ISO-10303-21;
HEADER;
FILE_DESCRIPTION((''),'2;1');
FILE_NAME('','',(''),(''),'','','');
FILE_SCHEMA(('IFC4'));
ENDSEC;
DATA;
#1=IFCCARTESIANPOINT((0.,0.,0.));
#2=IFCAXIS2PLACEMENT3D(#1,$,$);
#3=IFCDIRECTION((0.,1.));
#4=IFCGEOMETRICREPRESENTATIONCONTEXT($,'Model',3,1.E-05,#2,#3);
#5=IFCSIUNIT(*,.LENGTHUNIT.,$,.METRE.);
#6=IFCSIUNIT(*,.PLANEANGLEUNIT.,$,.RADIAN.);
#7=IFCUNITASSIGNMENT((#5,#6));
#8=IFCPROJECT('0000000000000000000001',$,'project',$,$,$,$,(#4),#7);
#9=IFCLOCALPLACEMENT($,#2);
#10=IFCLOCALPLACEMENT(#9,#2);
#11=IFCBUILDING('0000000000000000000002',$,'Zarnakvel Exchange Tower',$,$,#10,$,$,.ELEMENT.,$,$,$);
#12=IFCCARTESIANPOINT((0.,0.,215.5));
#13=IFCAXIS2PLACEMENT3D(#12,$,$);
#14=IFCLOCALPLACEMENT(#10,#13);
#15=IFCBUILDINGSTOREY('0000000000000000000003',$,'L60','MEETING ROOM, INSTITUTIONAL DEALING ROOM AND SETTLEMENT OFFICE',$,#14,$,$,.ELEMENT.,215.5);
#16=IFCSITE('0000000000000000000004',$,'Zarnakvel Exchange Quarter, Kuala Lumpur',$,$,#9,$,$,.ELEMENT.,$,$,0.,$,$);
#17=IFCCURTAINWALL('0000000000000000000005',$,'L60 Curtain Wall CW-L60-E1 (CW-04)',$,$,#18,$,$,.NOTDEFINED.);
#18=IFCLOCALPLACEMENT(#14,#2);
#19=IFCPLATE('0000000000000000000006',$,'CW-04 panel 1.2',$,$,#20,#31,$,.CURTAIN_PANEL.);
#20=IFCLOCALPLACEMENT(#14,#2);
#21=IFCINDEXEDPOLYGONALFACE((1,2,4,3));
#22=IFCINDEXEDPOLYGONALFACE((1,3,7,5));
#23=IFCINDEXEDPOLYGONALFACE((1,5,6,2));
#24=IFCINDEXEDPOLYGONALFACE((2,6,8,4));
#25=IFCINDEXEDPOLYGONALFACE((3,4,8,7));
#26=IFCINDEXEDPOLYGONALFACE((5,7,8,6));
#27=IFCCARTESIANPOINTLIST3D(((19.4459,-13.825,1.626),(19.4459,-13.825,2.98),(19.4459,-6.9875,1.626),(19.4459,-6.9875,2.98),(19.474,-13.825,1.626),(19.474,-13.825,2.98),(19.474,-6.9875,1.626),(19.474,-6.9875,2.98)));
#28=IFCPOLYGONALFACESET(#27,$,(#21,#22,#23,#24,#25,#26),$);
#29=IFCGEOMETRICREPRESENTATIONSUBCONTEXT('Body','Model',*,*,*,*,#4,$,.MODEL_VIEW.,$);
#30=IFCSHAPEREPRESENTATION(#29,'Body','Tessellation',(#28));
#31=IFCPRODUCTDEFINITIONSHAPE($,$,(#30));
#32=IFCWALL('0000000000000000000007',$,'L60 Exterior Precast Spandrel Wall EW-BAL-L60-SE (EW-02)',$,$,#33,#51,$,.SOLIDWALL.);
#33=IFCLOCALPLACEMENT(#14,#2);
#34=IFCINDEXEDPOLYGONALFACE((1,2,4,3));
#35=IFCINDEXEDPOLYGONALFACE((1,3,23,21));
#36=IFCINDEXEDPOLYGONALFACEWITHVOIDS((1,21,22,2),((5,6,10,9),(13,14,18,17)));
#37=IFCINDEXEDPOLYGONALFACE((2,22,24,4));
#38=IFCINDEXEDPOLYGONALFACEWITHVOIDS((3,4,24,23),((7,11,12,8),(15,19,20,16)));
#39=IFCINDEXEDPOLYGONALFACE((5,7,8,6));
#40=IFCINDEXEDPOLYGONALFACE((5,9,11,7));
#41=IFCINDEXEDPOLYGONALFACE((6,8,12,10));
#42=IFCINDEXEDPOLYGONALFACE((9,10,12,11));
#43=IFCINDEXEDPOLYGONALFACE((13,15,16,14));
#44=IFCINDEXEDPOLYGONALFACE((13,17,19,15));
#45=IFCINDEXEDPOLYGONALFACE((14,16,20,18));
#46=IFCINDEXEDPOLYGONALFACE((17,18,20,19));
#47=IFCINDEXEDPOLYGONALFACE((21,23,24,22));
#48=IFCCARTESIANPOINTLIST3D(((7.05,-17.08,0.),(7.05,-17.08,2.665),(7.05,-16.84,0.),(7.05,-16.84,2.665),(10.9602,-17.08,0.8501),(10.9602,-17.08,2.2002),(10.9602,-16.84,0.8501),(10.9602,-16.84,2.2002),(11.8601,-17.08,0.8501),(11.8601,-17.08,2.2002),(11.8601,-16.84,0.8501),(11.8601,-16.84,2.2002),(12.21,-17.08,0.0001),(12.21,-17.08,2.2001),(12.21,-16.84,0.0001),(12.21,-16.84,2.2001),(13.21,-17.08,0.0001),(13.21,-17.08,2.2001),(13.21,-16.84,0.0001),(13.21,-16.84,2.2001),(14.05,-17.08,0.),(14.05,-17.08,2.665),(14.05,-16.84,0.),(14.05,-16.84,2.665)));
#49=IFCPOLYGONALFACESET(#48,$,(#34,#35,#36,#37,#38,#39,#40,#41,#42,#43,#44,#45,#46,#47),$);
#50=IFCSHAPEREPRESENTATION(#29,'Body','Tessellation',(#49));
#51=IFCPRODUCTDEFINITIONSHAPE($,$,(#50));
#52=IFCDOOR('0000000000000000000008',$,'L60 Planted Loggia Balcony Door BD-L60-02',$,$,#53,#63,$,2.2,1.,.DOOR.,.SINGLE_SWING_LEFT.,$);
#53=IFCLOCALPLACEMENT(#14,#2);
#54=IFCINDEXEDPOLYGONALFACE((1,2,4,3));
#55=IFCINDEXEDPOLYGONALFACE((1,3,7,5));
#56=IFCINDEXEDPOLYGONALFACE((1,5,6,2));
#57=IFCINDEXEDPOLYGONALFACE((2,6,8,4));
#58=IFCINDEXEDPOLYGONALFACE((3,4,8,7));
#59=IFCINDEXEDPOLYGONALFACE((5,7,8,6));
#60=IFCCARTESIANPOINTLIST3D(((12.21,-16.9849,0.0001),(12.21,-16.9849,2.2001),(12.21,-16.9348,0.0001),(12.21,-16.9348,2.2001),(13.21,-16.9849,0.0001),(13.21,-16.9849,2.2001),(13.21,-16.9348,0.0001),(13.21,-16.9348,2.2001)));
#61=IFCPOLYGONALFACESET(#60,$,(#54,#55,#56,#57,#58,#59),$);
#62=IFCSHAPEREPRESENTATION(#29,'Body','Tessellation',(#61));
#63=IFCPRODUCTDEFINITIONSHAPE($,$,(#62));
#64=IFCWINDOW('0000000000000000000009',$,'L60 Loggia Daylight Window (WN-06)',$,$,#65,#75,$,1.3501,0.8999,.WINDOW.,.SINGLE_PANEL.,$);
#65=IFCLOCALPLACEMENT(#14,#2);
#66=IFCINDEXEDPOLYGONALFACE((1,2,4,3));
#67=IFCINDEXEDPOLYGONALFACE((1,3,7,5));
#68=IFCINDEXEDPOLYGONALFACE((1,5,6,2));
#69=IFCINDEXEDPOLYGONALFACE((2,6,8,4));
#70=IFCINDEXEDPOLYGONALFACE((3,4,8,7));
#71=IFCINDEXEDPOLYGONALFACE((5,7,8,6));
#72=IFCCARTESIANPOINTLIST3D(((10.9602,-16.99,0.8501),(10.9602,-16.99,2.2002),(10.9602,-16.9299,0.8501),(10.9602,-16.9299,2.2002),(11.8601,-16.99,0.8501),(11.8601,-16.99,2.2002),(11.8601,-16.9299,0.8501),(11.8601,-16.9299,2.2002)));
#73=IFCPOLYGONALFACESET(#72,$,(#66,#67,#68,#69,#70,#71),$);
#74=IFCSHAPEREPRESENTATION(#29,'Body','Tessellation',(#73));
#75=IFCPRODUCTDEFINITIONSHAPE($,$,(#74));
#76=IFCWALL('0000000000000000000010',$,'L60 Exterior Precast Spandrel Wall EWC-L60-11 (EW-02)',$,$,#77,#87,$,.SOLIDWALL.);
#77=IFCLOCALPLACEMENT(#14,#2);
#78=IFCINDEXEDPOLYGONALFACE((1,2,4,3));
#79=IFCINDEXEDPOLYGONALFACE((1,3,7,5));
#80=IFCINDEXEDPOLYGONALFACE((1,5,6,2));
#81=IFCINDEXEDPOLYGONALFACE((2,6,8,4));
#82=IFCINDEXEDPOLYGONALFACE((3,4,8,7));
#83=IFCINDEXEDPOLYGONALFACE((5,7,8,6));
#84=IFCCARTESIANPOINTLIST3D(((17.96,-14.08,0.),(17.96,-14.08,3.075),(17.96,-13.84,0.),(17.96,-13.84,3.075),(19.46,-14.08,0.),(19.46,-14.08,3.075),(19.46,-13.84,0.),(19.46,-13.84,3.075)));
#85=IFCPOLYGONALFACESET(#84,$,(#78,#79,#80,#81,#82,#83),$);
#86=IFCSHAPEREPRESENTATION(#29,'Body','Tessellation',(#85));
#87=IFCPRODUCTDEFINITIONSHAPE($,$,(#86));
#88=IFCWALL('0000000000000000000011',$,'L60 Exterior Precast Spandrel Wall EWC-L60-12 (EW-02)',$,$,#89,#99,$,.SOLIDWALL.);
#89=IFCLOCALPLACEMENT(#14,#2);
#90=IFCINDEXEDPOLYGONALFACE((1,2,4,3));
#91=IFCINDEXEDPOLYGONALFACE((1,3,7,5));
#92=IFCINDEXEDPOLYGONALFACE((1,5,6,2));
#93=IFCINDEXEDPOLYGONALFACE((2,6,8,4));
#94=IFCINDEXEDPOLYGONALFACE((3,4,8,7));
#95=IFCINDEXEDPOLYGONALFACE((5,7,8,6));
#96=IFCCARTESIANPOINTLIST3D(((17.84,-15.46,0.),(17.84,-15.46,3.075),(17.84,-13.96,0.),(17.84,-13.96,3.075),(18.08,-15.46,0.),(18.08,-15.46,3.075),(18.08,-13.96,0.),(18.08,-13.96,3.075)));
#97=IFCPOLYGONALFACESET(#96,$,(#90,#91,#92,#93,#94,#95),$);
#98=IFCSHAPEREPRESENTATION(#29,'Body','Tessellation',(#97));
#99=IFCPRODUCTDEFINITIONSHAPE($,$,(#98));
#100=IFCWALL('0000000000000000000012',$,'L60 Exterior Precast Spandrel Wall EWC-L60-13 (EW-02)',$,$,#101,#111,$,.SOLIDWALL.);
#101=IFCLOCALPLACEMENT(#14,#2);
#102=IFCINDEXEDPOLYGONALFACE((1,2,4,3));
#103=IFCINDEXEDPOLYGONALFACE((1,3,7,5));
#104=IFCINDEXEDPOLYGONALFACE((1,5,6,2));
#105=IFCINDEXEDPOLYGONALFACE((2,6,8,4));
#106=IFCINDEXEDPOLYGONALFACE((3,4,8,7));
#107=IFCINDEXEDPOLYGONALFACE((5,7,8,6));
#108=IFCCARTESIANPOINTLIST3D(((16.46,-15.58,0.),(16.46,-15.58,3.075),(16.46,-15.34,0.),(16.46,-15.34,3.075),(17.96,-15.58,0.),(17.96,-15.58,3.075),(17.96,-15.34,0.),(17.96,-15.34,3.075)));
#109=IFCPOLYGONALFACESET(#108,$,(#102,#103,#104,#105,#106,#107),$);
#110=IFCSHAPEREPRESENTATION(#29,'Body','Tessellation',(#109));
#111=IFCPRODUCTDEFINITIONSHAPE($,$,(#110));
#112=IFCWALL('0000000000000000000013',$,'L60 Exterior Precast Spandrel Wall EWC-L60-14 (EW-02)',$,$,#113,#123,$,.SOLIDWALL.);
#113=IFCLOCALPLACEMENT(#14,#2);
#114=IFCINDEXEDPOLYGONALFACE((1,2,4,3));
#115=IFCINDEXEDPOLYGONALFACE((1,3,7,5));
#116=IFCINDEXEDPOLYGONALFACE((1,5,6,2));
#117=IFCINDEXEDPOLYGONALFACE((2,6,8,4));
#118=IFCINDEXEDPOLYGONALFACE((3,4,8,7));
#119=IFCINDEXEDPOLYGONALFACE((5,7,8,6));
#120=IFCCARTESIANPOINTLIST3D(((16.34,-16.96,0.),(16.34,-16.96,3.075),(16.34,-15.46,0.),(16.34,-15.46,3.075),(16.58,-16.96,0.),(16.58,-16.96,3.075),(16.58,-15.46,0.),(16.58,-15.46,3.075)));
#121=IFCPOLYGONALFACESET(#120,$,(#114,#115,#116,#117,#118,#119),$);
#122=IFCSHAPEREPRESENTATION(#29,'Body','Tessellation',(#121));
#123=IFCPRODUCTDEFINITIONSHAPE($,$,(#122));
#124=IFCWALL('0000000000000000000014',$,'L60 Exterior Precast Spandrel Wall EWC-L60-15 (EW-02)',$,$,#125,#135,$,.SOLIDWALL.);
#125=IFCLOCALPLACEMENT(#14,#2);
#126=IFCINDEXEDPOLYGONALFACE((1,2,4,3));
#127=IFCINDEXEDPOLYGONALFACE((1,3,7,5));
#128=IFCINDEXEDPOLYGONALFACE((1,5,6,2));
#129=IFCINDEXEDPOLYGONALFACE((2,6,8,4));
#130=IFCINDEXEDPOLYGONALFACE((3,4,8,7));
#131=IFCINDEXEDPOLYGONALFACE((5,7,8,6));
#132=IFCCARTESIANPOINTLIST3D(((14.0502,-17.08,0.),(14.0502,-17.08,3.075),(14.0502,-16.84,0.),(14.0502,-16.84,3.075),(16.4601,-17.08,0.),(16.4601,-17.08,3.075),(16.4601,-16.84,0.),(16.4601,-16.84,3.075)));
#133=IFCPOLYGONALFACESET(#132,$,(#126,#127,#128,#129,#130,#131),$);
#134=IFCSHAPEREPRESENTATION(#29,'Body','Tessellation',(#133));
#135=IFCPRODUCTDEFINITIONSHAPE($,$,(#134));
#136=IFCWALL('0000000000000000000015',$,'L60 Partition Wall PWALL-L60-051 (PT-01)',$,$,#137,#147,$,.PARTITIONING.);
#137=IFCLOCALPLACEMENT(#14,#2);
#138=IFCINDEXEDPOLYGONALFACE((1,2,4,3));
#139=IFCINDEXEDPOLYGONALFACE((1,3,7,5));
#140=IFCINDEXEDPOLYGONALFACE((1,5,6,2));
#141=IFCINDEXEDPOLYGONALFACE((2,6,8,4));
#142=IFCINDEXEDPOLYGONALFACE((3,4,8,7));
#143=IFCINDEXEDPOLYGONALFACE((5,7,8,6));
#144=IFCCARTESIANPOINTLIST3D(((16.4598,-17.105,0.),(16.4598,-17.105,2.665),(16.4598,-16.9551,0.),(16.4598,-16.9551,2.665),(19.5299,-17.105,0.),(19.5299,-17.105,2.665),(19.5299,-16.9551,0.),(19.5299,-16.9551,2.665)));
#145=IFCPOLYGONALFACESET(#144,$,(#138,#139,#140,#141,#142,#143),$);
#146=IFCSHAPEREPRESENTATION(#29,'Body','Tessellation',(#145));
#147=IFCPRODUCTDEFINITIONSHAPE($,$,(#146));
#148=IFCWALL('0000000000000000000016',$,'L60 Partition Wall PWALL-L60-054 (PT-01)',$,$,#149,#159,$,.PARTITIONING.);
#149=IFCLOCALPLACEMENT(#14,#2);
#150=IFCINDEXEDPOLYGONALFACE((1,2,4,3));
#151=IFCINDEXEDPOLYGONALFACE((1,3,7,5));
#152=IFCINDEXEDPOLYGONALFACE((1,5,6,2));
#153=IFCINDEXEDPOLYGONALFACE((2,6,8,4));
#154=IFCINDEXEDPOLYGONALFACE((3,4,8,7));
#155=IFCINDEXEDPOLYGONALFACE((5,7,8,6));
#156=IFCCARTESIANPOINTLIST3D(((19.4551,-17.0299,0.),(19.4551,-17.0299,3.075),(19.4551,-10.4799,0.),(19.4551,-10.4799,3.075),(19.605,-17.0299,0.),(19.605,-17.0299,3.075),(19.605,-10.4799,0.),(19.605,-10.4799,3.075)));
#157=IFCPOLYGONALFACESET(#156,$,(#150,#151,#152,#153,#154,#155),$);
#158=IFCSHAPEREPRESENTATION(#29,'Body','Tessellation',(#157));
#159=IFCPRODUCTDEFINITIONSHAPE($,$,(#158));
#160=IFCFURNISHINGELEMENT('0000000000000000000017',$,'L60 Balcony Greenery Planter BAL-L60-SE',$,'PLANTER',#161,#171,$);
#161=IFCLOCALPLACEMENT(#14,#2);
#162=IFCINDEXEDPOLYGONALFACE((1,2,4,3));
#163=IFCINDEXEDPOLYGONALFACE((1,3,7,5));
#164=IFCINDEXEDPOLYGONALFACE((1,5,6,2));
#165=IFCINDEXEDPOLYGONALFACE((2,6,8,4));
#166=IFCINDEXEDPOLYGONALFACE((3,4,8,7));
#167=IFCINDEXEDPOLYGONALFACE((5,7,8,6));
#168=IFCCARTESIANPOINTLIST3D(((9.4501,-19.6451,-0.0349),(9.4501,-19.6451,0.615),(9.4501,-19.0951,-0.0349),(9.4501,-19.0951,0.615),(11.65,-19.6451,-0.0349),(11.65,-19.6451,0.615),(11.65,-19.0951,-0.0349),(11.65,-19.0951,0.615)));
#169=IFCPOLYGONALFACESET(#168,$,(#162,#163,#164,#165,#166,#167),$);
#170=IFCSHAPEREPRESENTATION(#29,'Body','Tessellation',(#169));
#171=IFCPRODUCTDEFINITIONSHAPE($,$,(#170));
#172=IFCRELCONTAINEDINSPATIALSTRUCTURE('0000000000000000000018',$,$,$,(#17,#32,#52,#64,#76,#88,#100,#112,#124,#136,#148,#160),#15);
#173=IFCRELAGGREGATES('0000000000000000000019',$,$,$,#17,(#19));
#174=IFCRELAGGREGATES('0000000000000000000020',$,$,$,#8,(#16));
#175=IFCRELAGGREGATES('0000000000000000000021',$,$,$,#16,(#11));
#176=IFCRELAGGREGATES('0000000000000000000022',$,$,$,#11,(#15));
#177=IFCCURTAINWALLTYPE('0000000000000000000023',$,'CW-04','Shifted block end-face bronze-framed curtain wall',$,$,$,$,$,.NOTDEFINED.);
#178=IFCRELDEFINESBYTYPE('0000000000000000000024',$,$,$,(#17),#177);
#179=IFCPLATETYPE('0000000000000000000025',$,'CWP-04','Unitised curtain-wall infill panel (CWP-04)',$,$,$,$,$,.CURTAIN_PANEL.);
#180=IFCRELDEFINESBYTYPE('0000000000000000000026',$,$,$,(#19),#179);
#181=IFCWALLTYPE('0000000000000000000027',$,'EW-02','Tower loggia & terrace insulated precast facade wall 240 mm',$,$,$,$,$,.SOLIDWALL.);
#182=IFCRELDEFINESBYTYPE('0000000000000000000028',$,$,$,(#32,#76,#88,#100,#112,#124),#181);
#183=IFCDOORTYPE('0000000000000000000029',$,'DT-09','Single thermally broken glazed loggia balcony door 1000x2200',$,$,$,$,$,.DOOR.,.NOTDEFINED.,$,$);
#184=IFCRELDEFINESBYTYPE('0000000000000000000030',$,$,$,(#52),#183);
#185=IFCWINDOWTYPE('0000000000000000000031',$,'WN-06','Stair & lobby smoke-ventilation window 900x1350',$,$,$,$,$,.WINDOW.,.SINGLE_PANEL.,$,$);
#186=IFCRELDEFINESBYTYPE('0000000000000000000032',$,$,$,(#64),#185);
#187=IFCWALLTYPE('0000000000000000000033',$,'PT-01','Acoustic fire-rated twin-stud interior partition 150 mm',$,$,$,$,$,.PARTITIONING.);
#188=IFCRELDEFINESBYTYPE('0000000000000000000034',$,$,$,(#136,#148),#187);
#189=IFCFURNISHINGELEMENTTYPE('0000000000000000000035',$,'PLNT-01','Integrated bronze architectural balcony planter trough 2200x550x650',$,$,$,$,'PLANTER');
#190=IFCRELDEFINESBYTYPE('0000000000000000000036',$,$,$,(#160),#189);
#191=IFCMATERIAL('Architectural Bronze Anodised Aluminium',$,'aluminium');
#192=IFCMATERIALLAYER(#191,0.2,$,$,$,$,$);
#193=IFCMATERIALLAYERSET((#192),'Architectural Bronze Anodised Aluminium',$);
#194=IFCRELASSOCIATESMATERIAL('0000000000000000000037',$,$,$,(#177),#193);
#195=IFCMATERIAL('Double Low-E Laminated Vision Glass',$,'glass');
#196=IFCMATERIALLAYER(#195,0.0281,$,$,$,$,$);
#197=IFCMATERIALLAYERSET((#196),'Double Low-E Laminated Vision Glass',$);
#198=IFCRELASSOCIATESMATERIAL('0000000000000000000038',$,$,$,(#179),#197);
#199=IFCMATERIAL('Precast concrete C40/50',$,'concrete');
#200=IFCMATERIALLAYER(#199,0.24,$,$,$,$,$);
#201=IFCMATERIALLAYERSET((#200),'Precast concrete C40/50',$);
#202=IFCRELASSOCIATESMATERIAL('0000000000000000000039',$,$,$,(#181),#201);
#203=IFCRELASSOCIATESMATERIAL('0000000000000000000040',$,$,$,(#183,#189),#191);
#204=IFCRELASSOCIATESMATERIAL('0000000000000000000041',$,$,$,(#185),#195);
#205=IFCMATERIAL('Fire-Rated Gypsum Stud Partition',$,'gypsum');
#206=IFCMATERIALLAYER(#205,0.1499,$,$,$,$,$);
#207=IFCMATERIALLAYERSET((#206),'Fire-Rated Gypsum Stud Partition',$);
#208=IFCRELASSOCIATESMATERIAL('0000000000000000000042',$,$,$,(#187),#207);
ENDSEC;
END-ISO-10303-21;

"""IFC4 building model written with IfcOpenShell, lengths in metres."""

from ifc_helpers import new_model, si_unit, direction, frame, frame_2d, origin, origin_2d, place, context, subcontext, project, spatial, rectangle, extrude, source, transform, mapped, material, layer, layer_set, type_object, element, fill, aggregate, save


model = new_model("IFC4")

# Units and contexts
model_context = context("Model", 3, precision=1e-05, world=origin(), true_north=direction((0.0, 1.0)))
body_context = subcontext(model_context, "Body", "Model", "MODEL_VIEW")
ifc_project = project(units=[si_unit("LENGTHUNIT", "METRE"), si_unit("PLANEANGLEUNIT", "RADIAN")], contexts=[model_context])

# Site, building, storey
site_placement = place(None, origin())
site = spatial("IfcSite", under=ifc_project, at=site_placement, Name="Zarnakvel Exchange Quarter, Kuala Lumpur", CompositionType="ELEMENT", RefElevation=0.0)
building_placement = place(site_placement, origin())
building = spatial("IfcBuilding", under=site, at=building_placement, Name="Zarnakvel Exchange Tower", CompositionType="ELEMENT")
storey_placement = place(building_placement, frame((0.0, 0.0, 215.5)))
storey = spatial("IfcBuildingStorey", under=building, at=storey_placement, Name="L60", Description="MEETING ROOM, INSTITUTIONAL DEALING ROOM AND SETTLEMENT OFFICE", CompositionType="ELEMENT", Elevation=215.5)

# Curtain wall, plate
ifc_material_1 = material(Name="Architectural Bronze Anodised Aluminium", Category="aluminium")
ifc_layer_1 = layer(ifc_material_1, 0.2)
ifc_layer_set_1 = layer_set([ifc_layer_1], Name="Architectural Bronze Anodised Aluminium")
curtain_wall_type = type_object("IfcCurtainWallType", Name="CW-04", Description="Shifted block end-face bronze-framed curtain wall", PredefinedType="NOTDEFINED", material=ifc_layer_set_1)
curtain_wall_placement = place(storey_placement, origin())
curtain_wall = element("IfcCurtainWall", 1, at=curtain_wall_placement, inside=storey, type_object=curtain_wall_type, Name="L60 Curtain Wall CW-L60-E1 (CW-04)", PredefinedType="NOTDEFINED")
ifc_material_2 = material(Name="Double Low-E Laminated Vision Glass", Category="glass")
ifc_layer_2 = layer(ifc_material_2, 0.0281)
ifc_layer_set_2 = layer_set([ifc_layer_2], Name="Double Low-E Laminated Vision Glass")
plate_type = type_object("IfcPlateType", Name="CWP-04", Description="Unitised curtain-wall infill panel (CWP-04)", PredefinedType="CURTAIN_PANEL", material=ifc_layer_set_2)
shared_shape_1 = source(origin(), body_context, "Body", "SweptSolid", [
    extrude(rectangle(XDim=6.8374, YDim=0.0281, at=origin_2d()), origin(), (0.0, 0.0, 1.0), 1.354),
])
plate_1_placement = place(storey_placement, frame((19.46, -10.4062, 1.626), z_axis=(0.0, 0.0, 1.0), x_axis=(0.0, 1.0, 0.0)))
plate_1 = element("IfcPlate", 2, at=plate_1_placement, type_object=plate_type, Name="CW-04 panel 1.2", PredefinedType="CURTAIN_PANEL", context=body_context, shape_type="MappedRepresentation", body=[
    mapped(shared_shape_1, transform((0.0, 0.0, 0.0), x_axis=(1.0, 0.0, 0.0), y_axis=(0.0, 1.0, 0.0), z_axis=(0.0, 0.0, 1.0), scale=1.0)),
])
aggregate(curtain_wall, [plate_1])

# Wall, openings, door, window
ifc_material_3 = material(Name="Precast concrete C40/50", Category="concrete")
ifc_layer_3 = layer(ifc_material_3, 0.24)
ifc_layer_set_3 = layer_set([ifc_layer_3], Name="Precast concrete C40/50")
wall_type_1 = type_object("IfcWallType", Name="EW-02", Description="Tower loggia & terrace insulated precast facade wall 240 mm", PredefinedType="SOLIDWALL", material=ifc_layer_set_3)
wall_1_placement = place(storey_placement, frame((14.05, -16.96, 0.0), z_axis=(0.0, 0.0, 1.0), x_axis=(-1.0, 0.0, 0.0)))
wall_1 = element("IfcWall", 3, at=wall_1_placement, inside=storey, type_object=wall_type_1, Name="L60 Exterior Precast Spandrel Wall EW-BAL-L60-SE (EW-02)", PredefinedType="SOLIDWALL", context=body_context, shape_type="SweptSolid", body=[
    extrude(rectangle(XDim=7.0, YDim=0.24, at=frame_2d((3.5, 0.0))), origin(), (0.0, 0.0, 1.0), 2.665),
])
opening_1_placement = place(wall_1_placement, frame((0.8401, 0.0, 0.0)))
opening_1 = element("IfcOpeningElement", 4, at=opening_1_placement, cuts=wall_1, PredefinedType="OPENING", context=body_context, shape_type="SweptSolid", body=[
    extrude(rectangle(XDim=1.0, YDim=2.2, at=frame_2d((0.5, 1.1001))), frame((0.0, 0.1299, 0.0), z_axis=(0.0, -1.0, 0.0), x_axis=(1.0, 0.0, 0.0)), (0.0, 0.0, 1.0), 0.26),
])
opening_2_placement = place(wall_1_placement, frame((2.1899, 0.0, 0.8501)))
opening_2 = element("IfcOpeningElement", 5, at=opening_2_placement, cuts=wall_1, PredefinedType="OPENING", context=body_context, shape_type="SweptSolid", body=[
    extrude(rectangle(XDim=0.8999, YDim=1.3501, at=frame_2d((0.45, 0.675))), frame((0.0, 0.1299, 0.0), z_axis=(0.0, -1.0, 0.0), x_axis=(1.0, 0.0, 0.0)), (0.0, 0.0, 1.0), 0.26),
])
door_type = type_object("IfcDoorType", Name="DT-09", Description="Single thermally broken glazed loggia balcony door 1000x2200", OperationType="NOTDEFINED", PredefinedType="DOOR", material=ifc_material_1)
shared_shape_2 = source(origin(), body_context, "Body", "SweptSolid", [
    extrude(rectangle(XDim=1.0, YDim=2.2, at=frame_2d((0.5, 1.1001))), frame((0.0, 0.0249, 0.0), z_axis=(0.0, -1.0, 0.0), x_axis=(1.0, 0.0, 0.0)), (0.0, 0.0, 1.0), 0.05),
])
door_placement = place(opening_1_placement, origin())
door = element("IfcDoor", 6, at=door_placement, inside=storey, type_object=door_type, Name="L60 Planted Loggia Balcony Door BD-L60-02", OperationType="SINGLE_SWING_LEFT", OverallHeight=2.2, OverallWidth=1.0, PredefinedType="DOOR", context=body_context, shape_type="MappedRepresentation", body=[
    mapped(shared_shape_2, transform((0.0, 0.0, 0.0), x_axis=(1.0, 0.0, 0.0), y_axis=(0.0, 1.0, 0.0), z_axis=(0.0, 0.0, 1.0), scale=1.0)),
])
fill(opening_1, door)
window_type = type_object("IfcWindowType", Name="WN-06", Description="Stair & lobby smoke-ventilation window 900x1350", PartitioningType="SINGLE_PANEL", PredefinedType="WINDOW", material=ifc_material_2)
shared_shape_3 = source(origin(), body_context, "Body", "SweptSolid", [
    extrude(rectangle(XDim=0.8999, YDim=1.3501, at=frame_2d((0.45, 0.675))), frame((0.0, 0.03, 0.0), z_axis=(0.0, -1.0, 0.0), x_axis=(1.0, 0.0, 0.0)), (0.0, 0.0, 1.0), 0.0601),
])
window_placement = place(opening_2_placement, origin())
window = element("IfcWindow", 7, at=window_placement, inside=storey, type_object=window_type, Name="L60 Loggia Daylight Window (WN-06)", OverallHeight=1.3501, OverallWidth=0.8999, PartitioningType="SINGLE_PANEL", PredefinedType="WINDOW", context=body_context, shape_type="MappedRepresentation", body=[
    mapped(shared_shape_3, transform((0.0, 0.0, 0.0), x_axis=(1.0, 0.0, 0.0), y_axis=(0.0, 1.0, 0.0), z_axis=(0.0, 0.0, 1.0), scale=1.0)),
])
fill(opening_2, window)

# Walls
for number, where, z_axis, x_axis, name in (
    (8, (17.96, -13.96, 0.0), (0.0, 0.0, 1.0), (1.0, 0.0, 0.0), "L60 Exterior Precast Spandrel Wall EWC-L60-11 (EW-02)"),
    (9, (17.96, -15.46, 0.0), (0.0, 0.0, 1.0), (0.0, 1.0, 0.0), "L60 Exterior Precast Spandrel Wall EWC-L60-12 (EW-02)"),
    (10, (16.46, -15.46, 0.0), (0.0, 0.0, 1.0), (1.0, 0.0, 0.0), "L60 Exterior Precast Spandrel Wall EWC-L60-13 (EW-02)"),
    (11, (16.46, -16.96, 0.0), (0.0, 0.0, 1.0), (0.0, 1.0, 0.0), "L60 Exterior Precast Spandrel Wall EWC-L60-14 (EW-02)"),
):
    element("IfcWall", number, at=place(storey_placement, frame(where, z_axis=z_axis, x_axis=x_axis)), inside=storey, type_object=wall_type_1, Name=name, PredefinedType="SOLIDWALL", context=body_context, shape_type="SweptSolid", body=[
        extrude(rectangle(XDim=1.5, YDim=0.24, at=frame_2d((0.75, 0.0))), origin(), (0.0, 0.0, 1.0), 3.075),
    ])
wall_2_placement = place(storey_placement, frame((14.05, -16.96, 0.0), z_axis=(0.0, 0.0, 1.0), x_axis=(1.0, 0.0, 0.0)))
element("IfcWall", 12, at=wall_2_placement, inside=storey, type_object=wall_type_1, Name="L60 Exterior Precast Spandrel Wall EWC-L60-15 (EW-02)", PredefinedType="SOLIDWALL", context=body_context, shape_type="SweptSolid", body=[
    extrude(rectangle(XDim=2.4099, YDim=0.24, at=frame_2d((1.2051, 0.0))), origin(), (0.0, 0.0, 1.0), 3.075),
])
ifc_material_4 = material(Name="Fire-Rated Gypsum Stud Partition", Category="gypsum")
ifc_layer_4 = layer(ifc_material_4, 0.1499)
ifc_layer_set_4 = layer_set([ifc_layer_4], Name="Fire-Rated Gypsum Stud Partition")
wall_type_2 = type_object("IfcWallType", Name="PT-01", Description="Acoustic fire-rated twin-stud interior partition 150 mm", PredefinedType="PARTITIONING", material=ifc_layer_set_4)
wall_3_placement = place(storey_placement, frame((19.53, -17.03, 0.0), z_axis=(0.0, 0.0, 1.0), x_axis=(-1.0, 0.0, 0.0)))
element("IfcWall", 13, at=wall_3_placement, inside=storey, type_object=wall_type_2, Name="L60 Partition Wall PWALL-L60-051 (PT-01)", PredefinedType="PARTITIONING", context=body_context, shape_type="SweptSolid", body=[
    extrude(rectangle(XDim=3.0701, YDim=0.1499, at=frame_2d((1.5352, 0.0))), origin(), (0.0, 0.0, 1.0), 2.665),
])
wall_4_placement = place(storey_placement, frame((19.53, -10.48, 0.0), z_axis=(0.0, 0.0, 1.0), x_axis=(0.0, -1.0, 0.0)))
element("IfcWall", 14, at=wall_4_placement, inside=storey, type_object=wall_type_2, Name="L60 Partition Wall PWALL-L60-054 (PT-01)", PredefinedType="PARTITIONING", context=body_context, shape_type="SweptSolid", body=[
    extrude(rectangle(XDim=6.55, YDim=0.1499, at=frame_2d((3.2749, 0.0))), origin(), (0.0, 0.0, 1.0), 3.075),
])

# Furnishing element
furnishing_element_type = type_object("IfcFurnishingElementType", Name="PLNT-01", Description="Integrated bronze architectural balcony planter trough 2200x550x650", ElementType="PLANTER", material=ifc_material_1)
shared_shape_4 = source(origin(), body_context, "Body", "SweptSolid", [
    extrude(rectangle(XDim=2.2, YDim=0.55, at=origin_2d()), origin(), (0.0, 0.0, 1.0), 0.6499),
])
furnishing_placement = place(storey_placement, frame((10.55, -19.3701, -0.0349), z_axis=(0.0, 0.0, 1.0), x_axis=(1.0, 0.0, 0.0)))
element("IfcFurnishingElement", 15, at=furnishing_placement, inside=storey, type_object=furnishing_element_type, Name="L60 Balcony Greenery Planter BAL-L60-SE", ObjectType="PLANTER", context=body_context, shape_type="MappedRepresentation", body=[
    mapped(shared_shape_4, transform((0.0, 0.0, 0.0), x_axis=(1.0, 0.0, 0.0), y_axis=(0.0, 1.0, 0.0), z_axis=(0.0, 0.0, 1.0), scale=1.0)),
])

save(model, "model.ifc")
